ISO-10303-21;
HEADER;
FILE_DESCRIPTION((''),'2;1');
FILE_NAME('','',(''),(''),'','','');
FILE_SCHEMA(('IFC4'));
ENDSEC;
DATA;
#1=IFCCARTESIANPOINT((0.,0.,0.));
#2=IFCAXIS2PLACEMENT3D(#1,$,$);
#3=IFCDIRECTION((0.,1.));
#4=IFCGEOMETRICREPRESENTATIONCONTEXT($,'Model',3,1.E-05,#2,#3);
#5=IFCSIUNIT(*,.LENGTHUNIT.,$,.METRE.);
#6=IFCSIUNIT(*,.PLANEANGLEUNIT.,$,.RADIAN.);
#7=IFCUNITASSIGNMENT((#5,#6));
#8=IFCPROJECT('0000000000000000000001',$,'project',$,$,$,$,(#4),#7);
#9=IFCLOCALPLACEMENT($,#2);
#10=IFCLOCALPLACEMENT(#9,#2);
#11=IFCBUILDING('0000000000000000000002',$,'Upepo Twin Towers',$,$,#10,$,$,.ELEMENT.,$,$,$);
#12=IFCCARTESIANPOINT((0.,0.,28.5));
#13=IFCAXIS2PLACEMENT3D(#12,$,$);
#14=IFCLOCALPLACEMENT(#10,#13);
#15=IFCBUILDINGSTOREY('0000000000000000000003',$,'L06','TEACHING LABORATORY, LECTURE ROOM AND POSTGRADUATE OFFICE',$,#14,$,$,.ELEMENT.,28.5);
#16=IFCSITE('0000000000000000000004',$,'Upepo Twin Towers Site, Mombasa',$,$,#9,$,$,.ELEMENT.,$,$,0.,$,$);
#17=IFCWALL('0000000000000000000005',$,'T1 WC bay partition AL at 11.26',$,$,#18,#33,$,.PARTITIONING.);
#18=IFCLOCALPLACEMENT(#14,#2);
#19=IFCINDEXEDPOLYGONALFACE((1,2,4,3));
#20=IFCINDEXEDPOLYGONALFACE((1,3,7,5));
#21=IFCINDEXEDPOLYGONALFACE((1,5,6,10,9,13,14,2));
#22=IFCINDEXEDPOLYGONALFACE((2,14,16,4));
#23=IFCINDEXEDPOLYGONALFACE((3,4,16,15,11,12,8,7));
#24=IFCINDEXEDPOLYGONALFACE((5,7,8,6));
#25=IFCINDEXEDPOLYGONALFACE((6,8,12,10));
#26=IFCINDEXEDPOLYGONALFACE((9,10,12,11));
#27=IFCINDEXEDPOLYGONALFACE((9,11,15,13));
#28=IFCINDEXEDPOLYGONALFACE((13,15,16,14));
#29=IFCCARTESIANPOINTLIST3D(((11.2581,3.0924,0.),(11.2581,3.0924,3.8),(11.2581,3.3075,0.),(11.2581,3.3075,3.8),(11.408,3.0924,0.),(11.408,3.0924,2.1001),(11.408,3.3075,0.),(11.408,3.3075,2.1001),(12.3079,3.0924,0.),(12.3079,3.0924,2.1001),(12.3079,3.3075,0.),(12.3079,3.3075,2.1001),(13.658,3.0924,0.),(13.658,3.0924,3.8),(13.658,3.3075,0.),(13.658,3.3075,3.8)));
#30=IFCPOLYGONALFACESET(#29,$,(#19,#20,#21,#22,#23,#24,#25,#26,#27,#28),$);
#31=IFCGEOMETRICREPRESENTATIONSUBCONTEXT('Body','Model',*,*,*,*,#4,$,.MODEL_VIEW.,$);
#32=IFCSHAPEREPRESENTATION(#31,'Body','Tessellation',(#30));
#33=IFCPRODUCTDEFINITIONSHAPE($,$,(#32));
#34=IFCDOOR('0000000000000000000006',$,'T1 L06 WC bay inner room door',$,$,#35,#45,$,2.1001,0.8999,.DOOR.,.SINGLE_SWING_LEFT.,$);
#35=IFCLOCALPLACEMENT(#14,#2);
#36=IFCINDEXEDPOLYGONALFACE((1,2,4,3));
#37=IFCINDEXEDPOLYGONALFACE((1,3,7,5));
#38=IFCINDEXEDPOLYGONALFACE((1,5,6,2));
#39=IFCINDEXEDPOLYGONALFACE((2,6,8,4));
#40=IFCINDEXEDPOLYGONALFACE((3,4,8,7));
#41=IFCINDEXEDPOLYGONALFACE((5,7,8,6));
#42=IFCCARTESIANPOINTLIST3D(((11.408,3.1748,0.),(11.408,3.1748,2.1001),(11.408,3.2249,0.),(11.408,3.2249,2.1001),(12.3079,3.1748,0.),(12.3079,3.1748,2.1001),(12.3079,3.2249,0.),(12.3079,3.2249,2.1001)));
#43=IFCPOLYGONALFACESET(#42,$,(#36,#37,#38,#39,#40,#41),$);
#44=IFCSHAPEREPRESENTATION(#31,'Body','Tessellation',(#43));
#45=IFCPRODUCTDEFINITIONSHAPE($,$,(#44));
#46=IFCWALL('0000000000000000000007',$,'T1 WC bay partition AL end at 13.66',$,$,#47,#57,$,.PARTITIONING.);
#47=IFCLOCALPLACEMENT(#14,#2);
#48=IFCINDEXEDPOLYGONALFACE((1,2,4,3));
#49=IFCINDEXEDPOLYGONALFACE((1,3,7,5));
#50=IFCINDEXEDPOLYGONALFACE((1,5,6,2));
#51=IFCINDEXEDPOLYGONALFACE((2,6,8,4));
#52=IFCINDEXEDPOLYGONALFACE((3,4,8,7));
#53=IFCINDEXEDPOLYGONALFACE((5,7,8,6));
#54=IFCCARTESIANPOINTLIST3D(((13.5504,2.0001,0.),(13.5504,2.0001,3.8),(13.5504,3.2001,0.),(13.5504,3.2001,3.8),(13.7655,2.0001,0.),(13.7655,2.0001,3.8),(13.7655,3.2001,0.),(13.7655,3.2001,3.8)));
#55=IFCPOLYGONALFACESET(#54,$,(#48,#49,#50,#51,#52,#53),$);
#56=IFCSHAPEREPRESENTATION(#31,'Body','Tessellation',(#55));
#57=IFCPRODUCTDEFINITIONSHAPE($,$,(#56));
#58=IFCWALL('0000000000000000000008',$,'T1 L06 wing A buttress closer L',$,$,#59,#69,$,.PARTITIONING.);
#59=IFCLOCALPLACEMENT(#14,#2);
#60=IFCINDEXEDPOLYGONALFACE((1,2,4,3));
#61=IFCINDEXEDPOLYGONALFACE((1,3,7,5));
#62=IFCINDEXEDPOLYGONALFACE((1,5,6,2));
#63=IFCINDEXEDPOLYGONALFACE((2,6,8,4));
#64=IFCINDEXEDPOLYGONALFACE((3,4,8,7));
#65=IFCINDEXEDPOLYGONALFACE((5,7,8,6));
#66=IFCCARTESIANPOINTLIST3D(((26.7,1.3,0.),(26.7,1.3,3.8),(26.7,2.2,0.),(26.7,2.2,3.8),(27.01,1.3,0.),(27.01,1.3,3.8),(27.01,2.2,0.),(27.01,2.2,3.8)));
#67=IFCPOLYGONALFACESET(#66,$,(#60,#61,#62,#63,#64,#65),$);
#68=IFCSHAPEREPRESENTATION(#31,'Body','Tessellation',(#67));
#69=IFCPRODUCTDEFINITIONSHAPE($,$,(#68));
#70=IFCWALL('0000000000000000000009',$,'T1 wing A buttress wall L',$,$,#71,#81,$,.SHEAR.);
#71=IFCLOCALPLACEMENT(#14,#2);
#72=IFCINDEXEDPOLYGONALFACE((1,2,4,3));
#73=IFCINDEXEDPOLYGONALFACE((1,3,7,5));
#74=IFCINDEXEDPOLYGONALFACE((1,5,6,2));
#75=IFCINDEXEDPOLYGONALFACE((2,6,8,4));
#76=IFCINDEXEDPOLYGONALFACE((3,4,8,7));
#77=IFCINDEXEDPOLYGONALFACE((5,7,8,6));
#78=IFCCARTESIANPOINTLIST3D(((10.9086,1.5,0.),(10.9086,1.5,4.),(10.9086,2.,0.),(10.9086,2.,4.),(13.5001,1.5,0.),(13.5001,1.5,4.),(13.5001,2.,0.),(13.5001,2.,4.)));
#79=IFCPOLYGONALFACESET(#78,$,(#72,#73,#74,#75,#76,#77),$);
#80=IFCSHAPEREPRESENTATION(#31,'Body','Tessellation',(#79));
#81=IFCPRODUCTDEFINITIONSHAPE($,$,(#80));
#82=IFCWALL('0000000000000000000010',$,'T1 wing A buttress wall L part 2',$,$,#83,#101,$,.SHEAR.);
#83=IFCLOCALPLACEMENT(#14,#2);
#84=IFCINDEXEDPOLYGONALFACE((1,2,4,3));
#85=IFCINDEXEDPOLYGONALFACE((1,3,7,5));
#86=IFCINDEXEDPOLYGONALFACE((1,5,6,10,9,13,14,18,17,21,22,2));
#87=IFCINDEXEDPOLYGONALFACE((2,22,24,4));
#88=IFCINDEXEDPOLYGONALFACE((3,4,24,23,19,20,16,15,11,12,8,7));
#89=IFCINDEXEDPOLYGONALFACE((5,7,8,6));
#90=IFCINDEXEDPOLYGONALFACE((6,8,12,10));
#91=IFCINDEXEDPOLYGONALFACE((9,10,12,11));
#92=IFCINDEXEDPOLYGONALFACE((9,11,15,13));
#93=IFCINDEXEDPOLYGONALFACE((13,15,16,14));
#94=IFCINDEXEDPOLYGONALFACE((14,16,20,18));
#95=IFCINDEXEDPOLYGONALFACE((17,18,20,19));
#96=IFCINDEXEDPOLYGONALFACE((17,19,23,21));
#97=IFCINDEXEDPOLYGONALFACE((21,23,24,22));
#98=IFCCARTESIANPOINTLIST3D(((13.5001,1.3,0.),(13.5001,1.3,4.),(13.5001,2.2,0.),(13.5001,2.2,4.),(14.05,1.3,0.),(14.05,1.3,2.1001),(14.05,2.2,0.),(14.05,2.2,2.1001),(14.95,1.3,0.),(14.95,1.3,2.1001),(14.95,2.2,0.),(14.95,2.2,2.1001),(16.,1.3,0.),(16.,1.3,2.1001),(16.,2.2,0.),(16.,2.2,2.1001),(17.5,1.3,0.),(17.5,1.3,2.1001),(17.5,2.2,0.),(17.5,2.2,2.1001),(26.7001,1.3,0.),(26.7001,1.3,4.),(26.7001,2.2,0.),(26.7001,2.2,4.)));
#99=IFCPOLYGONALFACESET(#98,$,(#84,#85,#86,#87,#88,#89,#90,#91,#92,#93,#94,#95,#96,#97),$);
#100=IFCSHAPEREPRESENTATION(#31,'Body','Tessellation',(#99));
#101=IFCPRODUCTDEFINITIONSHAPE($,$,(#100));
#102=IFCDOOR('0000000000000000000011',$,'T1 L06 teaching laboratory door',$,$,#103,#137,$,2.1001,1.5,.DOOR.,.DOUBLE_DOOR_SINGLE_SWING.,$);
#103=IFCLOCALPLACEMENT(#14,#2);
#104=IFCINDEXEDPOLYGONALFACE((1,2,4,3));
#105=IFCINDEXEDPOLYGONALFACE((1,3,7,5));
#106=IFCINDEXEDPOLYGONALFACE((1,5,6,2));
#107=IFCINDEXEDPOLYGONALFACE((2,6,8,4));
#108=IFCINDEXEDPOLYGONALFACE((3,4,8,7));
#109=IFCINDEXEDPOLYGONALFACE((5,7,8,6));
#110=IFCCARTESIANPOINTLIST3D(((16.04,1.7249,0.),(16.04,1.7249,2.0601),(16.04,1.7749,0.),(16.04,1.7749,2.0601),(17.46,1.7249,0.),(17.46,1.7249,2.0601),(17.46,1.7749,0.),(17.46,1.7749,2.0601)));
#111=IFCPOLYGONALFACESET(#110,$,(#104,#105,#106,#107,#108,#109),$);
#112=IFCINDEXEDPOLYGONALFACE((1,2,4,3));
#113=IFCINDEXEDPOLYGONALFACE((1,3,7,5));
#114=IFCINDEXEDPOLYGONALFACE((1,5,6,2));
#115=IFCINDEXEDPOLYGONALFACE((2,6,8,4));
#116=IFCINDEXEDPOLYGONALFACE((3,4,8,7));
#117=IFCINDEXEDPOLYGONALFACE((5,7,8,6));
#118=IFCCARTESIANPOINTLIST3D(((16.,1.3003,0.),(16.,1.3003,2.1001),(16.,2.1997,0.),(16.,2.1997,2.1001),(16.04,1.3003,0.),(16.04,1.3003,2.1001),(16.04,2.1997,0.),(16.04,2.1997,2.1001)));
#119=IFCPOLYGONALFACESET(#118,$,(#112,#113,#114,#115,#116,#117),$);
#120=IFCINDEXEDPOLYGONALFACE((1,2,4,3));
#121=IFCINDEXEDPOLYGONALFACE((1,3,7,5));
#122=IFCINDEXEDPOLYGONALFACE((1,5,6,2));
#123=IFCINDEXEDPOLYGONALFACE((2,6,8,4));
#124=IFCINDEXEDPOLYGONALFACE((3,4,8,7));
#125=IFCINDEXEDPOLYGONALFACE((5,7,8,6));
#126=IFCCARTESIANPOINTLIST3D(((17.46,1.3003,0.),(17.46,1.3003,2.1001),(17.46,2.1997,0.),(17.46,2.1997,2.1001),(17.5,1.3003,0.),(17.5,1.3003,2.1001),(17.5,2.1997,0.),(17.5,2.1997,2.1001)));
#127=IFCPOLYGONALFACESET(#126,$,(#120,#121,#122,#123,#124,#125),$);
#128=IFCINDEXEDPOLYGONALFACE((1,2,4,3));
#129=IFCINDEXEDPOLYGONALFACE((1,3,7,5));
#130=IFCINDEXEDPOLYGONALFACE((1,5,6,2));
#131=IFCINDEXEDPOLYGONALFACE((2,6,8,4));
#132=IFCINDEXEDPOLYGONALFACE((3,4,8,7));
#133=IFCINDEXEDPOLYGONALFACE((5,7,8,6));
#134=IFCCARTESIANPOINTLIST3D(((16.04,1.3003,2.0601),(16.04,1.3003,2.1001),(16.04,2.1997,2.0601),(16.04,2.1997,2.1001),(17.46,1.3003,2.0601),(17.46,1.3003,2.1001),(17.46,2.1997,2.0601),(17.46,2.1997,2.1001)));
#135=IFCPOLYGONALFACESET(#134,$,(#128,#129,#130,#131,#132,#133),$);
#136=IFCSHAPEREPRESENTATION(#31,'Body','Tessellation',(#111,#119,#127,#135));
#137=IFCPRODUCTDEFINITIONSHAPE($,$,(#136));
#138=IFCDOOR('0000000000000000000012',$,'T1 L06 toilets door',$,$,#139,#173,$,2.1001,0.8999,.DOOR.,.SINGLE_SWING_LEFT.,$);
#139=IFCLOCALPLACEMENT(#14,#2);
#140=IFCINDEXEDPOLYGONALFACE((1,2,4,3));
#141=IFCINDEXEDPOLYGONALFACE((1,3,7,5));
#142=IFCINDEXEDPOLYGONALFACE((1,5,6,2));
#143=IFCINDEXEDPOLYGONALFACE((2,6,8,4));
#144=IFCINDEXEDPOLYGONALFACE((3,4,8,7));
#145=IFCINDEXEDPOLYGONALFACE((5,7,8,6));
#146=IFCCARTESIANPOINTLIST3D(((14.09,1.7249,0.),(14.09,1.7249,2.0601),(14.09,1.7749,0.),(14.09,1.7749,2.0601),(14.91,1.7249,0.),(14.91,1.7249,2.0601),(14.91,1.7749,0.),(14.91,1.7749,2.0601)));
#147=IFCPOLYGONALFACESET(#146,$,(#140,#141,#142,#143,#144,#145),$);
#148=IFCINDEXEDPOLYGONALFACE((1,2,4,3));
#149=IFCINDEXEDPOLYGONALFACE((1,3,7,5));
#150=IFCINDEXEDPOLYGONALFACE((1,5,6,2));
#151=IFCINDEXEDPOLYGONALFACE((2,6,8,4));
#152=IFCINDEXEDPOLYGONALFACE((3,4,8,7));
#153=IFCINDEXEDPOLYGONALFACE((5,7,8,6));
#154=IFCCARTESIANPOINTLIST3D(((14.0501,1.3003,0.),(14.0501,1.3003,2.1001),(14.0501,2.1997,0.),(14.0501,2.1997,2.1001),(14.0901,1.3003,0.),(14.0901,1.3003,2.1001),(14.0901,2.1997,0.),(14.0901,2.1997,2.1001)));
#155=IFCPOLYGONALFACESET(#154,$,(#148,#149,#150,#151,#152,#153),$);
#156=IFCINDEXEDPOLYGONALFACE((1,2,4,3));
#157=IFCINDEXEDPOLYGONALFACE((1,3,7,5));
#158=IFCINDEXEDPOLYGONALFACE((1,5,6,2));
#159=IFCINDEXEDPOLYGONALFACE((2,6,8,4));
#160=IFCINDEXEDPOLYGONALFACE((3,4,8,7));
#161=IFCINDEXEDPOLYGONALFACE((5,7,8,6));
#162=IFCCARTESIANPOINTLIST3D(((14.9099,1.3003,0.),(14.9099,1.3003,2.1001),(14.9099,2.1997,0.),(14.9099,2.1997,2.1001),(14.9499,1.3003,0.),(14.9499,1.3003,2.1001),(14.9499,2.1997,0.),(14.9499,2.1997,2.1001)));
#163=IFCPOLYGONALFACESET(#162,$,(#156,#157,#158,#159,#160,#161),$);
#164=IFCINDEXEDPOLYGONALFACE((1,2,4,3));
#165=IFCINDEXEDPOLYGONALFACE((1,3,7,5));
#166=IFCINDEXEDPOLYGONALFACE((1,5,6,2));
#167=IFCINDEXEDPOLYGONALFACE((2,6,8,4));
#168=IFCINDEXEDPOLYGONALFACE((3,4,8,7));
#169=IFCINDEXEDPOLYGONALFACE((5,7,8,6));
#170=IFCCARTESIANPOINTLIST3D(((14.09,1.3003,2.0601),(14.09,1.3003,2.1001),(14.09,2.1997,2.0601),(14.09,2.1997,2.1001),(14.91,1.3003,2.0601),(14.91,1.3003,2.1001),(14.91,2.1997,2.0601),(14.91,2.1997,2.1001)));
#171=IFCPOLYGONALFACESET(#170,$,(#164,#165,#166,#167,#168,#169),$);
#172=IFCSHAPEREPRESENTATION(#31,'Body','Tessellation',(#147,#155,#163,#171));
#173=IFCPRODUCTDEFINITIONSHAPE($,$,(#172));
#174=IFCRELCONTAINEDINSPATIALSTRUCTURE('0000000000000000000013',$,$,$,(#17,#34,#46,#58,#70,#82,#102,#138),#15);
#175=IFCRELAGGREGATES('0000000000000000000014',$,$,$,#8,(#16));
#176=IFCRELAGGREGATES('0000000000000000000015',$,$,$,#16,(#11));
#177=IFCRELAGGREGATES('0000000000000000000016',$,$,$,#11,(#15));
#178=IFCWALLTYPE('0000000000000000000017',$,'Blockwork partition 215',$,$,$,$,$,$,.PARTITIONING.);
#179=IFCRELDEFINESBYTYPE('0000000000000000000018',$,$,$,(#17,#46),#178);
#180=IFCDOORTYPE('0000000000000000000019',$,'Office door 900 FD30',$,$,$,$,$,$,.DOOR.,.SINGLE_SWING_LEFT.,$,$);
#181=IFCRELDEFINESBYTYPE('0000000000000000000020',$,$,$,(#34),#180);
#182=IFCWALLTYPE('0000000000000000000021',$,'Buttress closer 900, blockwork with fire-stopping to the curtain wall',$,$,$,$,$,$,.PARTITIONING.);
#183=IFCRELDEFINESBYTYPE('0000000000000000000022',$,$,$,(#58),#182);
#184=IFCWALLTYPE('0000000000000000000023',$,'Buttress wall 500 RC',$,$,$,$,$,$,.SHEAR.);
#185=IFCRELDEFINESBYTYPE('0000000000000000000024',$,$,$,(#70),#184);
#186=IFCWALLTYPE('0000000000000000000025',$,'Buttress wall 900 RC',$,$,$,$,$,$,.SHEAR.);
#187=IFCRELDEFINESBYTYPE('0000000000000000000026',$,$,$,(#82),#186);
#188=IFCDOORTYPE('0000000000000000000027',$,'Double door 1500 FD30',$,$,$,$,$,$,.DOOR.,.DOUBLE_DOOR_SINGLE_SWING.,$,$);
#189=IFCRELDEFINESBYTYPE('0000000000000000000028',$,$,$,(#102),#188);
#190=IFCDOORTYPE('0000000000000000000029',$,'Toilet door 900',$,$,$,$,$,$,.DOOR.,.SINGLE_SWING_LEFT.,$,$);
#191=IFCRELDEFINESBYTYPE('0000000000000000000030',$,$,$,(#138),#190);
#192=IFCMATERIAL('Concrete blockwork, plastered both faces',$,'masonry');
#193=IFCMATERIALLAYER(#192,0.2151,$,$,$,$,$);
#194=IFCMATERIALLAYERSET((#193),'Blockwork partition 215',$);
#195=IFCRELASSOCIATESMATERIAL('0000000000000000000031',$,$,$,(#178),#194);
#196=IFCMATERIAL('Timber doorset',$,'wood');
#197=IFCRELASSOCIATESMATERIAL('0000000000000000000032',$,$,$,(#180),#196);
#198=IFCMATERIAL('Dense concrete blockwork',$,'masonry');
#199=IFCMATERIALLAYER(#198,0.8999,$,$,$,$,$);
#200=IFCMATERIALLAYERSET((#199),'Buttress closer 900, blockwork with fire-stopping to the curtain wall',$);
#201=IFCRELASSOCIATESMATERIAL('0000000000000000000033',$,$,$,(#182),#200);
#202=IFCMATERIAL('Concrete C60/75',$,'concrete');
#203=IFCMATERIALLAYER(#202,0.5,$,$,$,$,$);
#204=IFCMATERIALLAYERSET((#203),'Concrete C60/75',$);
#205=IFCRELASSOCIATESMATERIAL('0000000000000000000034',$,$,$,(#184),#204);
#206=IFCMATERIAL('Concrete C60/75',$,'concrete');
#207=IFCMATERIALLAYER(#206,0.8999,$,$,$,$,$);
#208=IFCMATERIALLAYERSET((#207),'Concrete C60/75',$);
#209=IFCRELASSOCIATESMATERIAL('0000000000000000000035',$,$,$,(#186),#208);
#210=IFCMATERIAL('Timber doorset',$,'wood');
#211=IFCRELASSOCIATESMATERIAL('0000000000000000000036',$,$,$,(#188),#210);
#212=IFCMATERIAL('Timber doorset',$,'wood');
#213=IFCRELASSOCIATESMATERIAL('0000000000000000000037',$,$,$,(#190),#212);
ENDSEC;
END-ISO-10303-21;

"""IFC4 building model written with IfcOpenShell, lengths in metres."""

from ifc_helpers import new_model, si_unit, direction, frame, frame_2d, origin, place, context, subcontext, project, spatial, rectangle, extrude, material, layer, layer_set, type_object, element, fill, save


model = new_model("IFC4")

# Units and contexts
model_context = context("Model", 3, precision=1e-05, world=origin(), true_north=direction((0.0, 1.0)))
body_context = subcontext(model_context, "Body", "Model", "MODEL_VIEW")
ifc_project = project(units=[si_unit("LENGTHUNIT", "METRE"), si_unit("PLANEANGLEUNIT", "RADIAN")], contexts=[model_context])

# Site, building, storey
site_placement = place(None, origin())
site = spatial("IfcSite", under=ifc_project, at=site_placement, Name="Upepo Twin Towers Site, Mombasa", CompositionType="ELEMENT", RefElevation=0.0)
building_placement = place(site_placement, origin())
building = spatial("IfcBuilding", under=site, at=building_placement, Name="Upepo Twin Towers", CompositionType="ELEMENT")
storey_placement = place(building_placement, frame((0.0, 0.0, 28.5)))
storey = spatial("IfcBuildingStorey", under=building, at=storey_placement, Name="L06", Description="TEACHING LABORATORY, LECTURE ROOM AND POSTGRADUATE OFFICE", CompositionType="ELEMENT", Elevation=28.5)

# Shared definitions
ifc_material_1 = material(Name="Concrete blockwork, plastered both faces", Category="masonry")
ifc_layer_1 = layer(ifc_material_1, 0.2151)
ifc_layer_set_1 = layer_set([ifc_layer_1], Name="Blockwork partition 215")
wall_type_1 = type_object("IfcWallType", Name="Blockwork partition 215", PredefinedType="PARTITIONING", material=ifc_layer_set_1)

# Wall, opening, door
wall_1_placement = place(storey_placement, frame((11.2581, 3.2, 0.0), z_axis=(0.0, 0.0, 1.0), x_axis=(1.0, 0.0, 0.0)))
wall_1 = element("IfcWall", 1, at=wall_1_placement, inside=storey, type_object=wall_type_1, Name="T1 WC bay partition AL at 11.26", PredefinedType="PARTITIONING", context=body_context, shape_type="SweptSolid", body=[
    extrude(rectangle(XDim=2.3999, YDim=0.2151, at=frame_2d((1.2, 0.0))), origin(), (0.0, 0.0, 1.0), 3.8),
])
opening_1_placement = place(wall_1_placement, frame((0.1499, 0.0, 0.0)))
opening_1 = element("IfcOpeningElement", 2, at=opening_1_placement, cuts=wall_1, PredefinedType="OPENING", context=body_context, shape_type="SweptSolid", body=[
    extrude(rectangle(XDim=0.8999, YDim=2.1001, at=frame_2d((0.45, 1.05))), frame((0.0, 0.1174, 0.0), z_axis=(0.0, -1.0, 0.0), x_axis=(1.0, 0.0, 0.0)), (0.0, 0.0, 1.0), 0.2351),
])
ifc_material_2 = material(Name="Timber doorset", Category="wood")
door_type_1 = type_object("IfcDoorType", Name="Office door 900 FD30", OperationType="SINGLE_SWING_LEFT", PredefinedType="DOOR", material=ifc_material_2)
door_1_placement = place(opening_1_placement, origin())
door_1 = element("IfcDoor", 3, at=door_1_placement, inside=storey, type_object=door_type_1, Name="T1 L06 WC bay inner room door", OperationType="SINGLE_SWING_LEFT", OverallHeight=2.1001, OverallWidth=0.8999, PredefinedType="DOOR", context=body_context, shape_type="SweptSolid", body=[
    extrude(rectangle(XDim=0.8999, YDim=2.1001, at=frame_2d((0.45, 1.05))), frame((0.0, 0.0249, 0.0), z_axis=(0.0, -1.0, 0.0), x_axis=(1.0, 0.0, 0.0)), (0.0, 0.0, 1.0), 0.05),
])
fill(opening_1, door_1)

# Walls
wall_2_placement = place(storey_placement, frame((13.658, 2.0, 0.0), z_axis=(0.0, 0.0, 1.0), x_axis=(0.0, 1.0, 0.0)))
element("IfcWall", 4, at=wall_2_placement, inside=storey, type_object=wall_type_1, Name="T1 WC bay partition AL end at 13.66", PredefinedType="PARTITIONING", context=body_context, shape_type="SweptSolid", body=[
    extrude(rectangle(XDim=1.2, YDim=0.2151, at=frame_2d((0.6001, 0.0))), origin(), (0.0, 0.0, 1.0), 3.8),
])
ifc_material_3 = material(Name="Dense concrete blockwork", Category="masonry")
ifc_layer_2 = layer(ifc_material_3, 0.8999)
ifc_layer_set_2 = layer_set([ifc_layer_2], Name="Buttress closer 900, blockwork with fire-stopping to the curtain wall")
wall_type_2 = type_object("IfcWallType", Name="Buttress closer 900, blockwork with fire-stopping to the curtain wall", PredefinedType="PARTITIONING", material=ifc_layer_set_2)
wall_3_placement = place(storey_placement, frame((26.7, 1.75, 0.0), z_axis=(0.0, 0.0, 1.0), x_axis=(1.0, 0.0, 0.0)))
element("IfcWall", 5, at=wall_3_placement, inside=storey, type_object=wall_type_2, Name="T1 L06 wing A buttress closer L", PredefinedType="PARTITIONING", context=body_context, shape_type="SweptSolid", body=[
    extrude(rectangle(XDim=0.3101, YDim=0.8999, at=frame_2d((0.155, 0.0))), origin(), (0.0, 0.0, 1.0), 3.8),
])
ifc_material_4 = material(Name="Concrete C60/75", Category="concrete")
ifc_layer_3 = layer(ifc_material_4, 0.5)
ifc_layer_set_3 = layer_set([ifc_layer_3], Name="Concrete C60/75")
wall_type_3 = type_object("IfcWallType", Name="Buttress wall 500 RC", PredefinedType="SHEAR", material=ifc_layer_set_3)
wall_4_placement = place(storey_placement, frame((10.9084, 1.75, 0.0), z_axis=(0.0, 0.0, 1.0), x_axis=(1.0, 0.0, 0.0)))
element("IfcWall", 6, at=wall_4_placement, inside=storey, type_object=wall_type_3, Name="T1 wing A buttress wall L", PredefinedType="SHEAR", context=body_context, shape_type="SweptSolid", body=[
    extrude(rectangle(XDim=2.5916, YDim=0.5, at=frame_2d((1.2959, 0.0))), origin(), (0.0, 0.0, 1.0), 4.0),
])

# Wall, openings, doors
ifc_material_5 = material(Name="Concrete C60/75", Category="concrete")
ifc_layer_4 = layer(ifc_material_5, 0.8999)
ifc_layer_set_4 = layer_set([ifc_layer_4], Name="Concrete C60/75")
wall_type_4 = type_object("IfcWallType", Name="Buttress wall 900 RC", PredefinedType="SHEAR", material=ifc_layer_set_4)
wall_5_placement = place(storey_placement, frame((13.5, 1.75, 0.0), z_axis=(0.0, 0.0, 1.0), x_axis=(1.0, 0.0, 0.0)))
wall_5 = element("IfcWall", 7, at=wall_5_placement, inside=storey, type_object=wall_type_4, Name="T1 wing A buttress wall L part 2", PredefinedType="SHEAR", context=body_context, shape_type="SweptSolid", body=[
    extrude(rectangle(XDim=13.2, YDim=0.8999, at=frame_2d((6.6001, 0.0))), origin(), (0.0, 0.0, 1.0), 4.0),
])
opening_2_placement = place(wall_5_placement, frame((0.55, 0.0, 0.0)))
opening_2 = element("IfcOpeningElement", 8, at=opening_2_placement, cuts=wall_5, PredefinedType="OPENING", context=body_context, shape_type="SweptSolid", body=[
    extrude(rectangle(XDim=0.8999, YDim=2.1001, at=frame_2d((0.45, 1.05))), frame((0.0, 0.46, 0.0), z_axis=(0.0, -1.0, 0.0), x_axis=(1.0, 0.0, 0.0)), (0.0, 0.0, 1.0), 0.9199),
])
opening_3_placement = place(wall_5_placement, frame((2.5, 0.0, 0.0)))
opening_3 = element("IfcOpeningElement", 9, at=opening_3_placement, cuts=wall_5, PredefinedType="OPENING", context=body_context, shape_type="SweptSolid", body=[
    extrude(rectangle(XDim=1.5, YDim=2.1001, at=frame_2d((0.75, 1.05))), frame((0.0, 0.46, 0.0), z_axis=(0.0, -1.0, 0.0), x_axis=(1.0, 0.0, 0.0)), (0.0, 0.0, 1.0), 0.9199),
])
ifc_material_6 = material(Name="Timber doorset", Category="wood")
door_type_2 = type_object("IfcDoorType", Name="Double door 1500 FD30", OperationType="DOUBLE_DOOR_SINGLE_SWING", PredefinedType="DOOR", material=ifc_material_6)
door_2_placement = place(opening_3_placement, origin())
door_2 = element("IfcDoor", 10, at=door_2_placement, inside=storey, type_object=door_type_2, Name="T1 L06 teaching laboratory door", OperationType="DOUBLE_DOOR_SINGLE_SWING", OverallHeight=2.1001, OverallWidth=1.5, PredefinedType="DOOR", context=body_context, shape_type="SweptSolid", body=[
    extrude(rectangle(XDim=1.42, YDim=2.0601, at=frame_2d((0.75, 1.03))), frame((0.0, 0.0249, 0.0), z_axis=(0.0, -1.0, 0.0), x_axis=(1.0, 0.0, 0.0)), (0.0, 0.0, 1.0), 0.05),
    extrude(rectangle(XDim=0.04, YDim=2.1001, at=frame_2d((0.02, 1.05))), frame((0.0, 0.4497, 0.0), z_axis=(0.0, -1.0, 0.0), x_axis=(1.0, 0.0, 0.0)), (0.0, 0.0, 1.0), 0.8994),
    extrude(rectangle(XDim=0.04, YDim=2.1001, at=frame_2d((1.48, 1.05))), frame((0.0, 0.4497, 0.0), z_axis=(0.0, -1.0, 0.0), x_axis=(1.0, 0.0, 0.0)), (0.0, 0.0, 1.0), 0.8994),
    extrude(rectangle(XDim=1.42, YDim=0.04, at=frame_2d((0.75, 2.0801))), frame((0.0, 0.4497, 0.0), z_axis=(0.0, -1.0, 0.0), x_axis=(1.0, 0.0, 0.0)), (0.0, 0.0, 1.0), 0.8994),
])
fill(opening_3, door_2)
ifc_material_7 = material(Name="Timber doorset", Category="wood")
door_type_3 = type_object("IfcDoorType", Name="Toilet door 900", OperationType="SINGLE_SWING_LEFT", PredefinedType="DOOR", material=ifc_material_7)
door_3_placement = place(opening_2_placement, origin())
door_3 = element("IfcDoor", 11, at=door_3_placement, inside=storey, type_object=door_type_3, Name="T1 L06 toilets door", OperationType="SINGLE_SWING_LEFT", OverallHeight=2.1001, OverallWidth=0.8999, PredefinedType="DOOR", context=body_context, shape_type="SweptSolid", body=[
    extrude(rectangle(XDim=0.8199, YDim=2.0601, at=frame_2d((0.45, 1.03))), frame((0.0, 0.0249, 0.0), z_axis=(0.0, -1.0, 0.0), x_axis=(1.0, 0.0, 0.0)), (0.0, 0.0, 1.0), 0.05),
    extrude(rectangle(XDim=0.04, YDim=2.1001, at=frame_2d((0.02, 1.05))), frame((0.0, 0.4497, 0.0), z_axis=(0.0, -1.0, 0.0), x_axis=(1.0, 0.0, 0.0)), (0.0, 0.0, 1.0), 0.8994),
    extrude(rectangle(XDim=0.04, YDim=2.1001, at=frame_2d((0.8799, 1.05))), frame((0.0, 0.4497, 0.0), z_axis=(0.0, -1.0, 0.0), x_axis=(1.0, 0.0, 0.0)), (0.0, 0.0, 1.0), 0.8994),
    extrude(rectangle(XDim=0.8199, YDim=0.04, at=frame_2d((0.45, 2.0801))), frame((0.0, 0.4497, 0.0), z_axis=(0.0, -1.0, 0.0), x_axis=(1.0, 0.0, 0.0)), (0.0, 0.0, 1.0), 0.8994),
])
fill(opening_2, door_3)

save(model, "model.ifc")
